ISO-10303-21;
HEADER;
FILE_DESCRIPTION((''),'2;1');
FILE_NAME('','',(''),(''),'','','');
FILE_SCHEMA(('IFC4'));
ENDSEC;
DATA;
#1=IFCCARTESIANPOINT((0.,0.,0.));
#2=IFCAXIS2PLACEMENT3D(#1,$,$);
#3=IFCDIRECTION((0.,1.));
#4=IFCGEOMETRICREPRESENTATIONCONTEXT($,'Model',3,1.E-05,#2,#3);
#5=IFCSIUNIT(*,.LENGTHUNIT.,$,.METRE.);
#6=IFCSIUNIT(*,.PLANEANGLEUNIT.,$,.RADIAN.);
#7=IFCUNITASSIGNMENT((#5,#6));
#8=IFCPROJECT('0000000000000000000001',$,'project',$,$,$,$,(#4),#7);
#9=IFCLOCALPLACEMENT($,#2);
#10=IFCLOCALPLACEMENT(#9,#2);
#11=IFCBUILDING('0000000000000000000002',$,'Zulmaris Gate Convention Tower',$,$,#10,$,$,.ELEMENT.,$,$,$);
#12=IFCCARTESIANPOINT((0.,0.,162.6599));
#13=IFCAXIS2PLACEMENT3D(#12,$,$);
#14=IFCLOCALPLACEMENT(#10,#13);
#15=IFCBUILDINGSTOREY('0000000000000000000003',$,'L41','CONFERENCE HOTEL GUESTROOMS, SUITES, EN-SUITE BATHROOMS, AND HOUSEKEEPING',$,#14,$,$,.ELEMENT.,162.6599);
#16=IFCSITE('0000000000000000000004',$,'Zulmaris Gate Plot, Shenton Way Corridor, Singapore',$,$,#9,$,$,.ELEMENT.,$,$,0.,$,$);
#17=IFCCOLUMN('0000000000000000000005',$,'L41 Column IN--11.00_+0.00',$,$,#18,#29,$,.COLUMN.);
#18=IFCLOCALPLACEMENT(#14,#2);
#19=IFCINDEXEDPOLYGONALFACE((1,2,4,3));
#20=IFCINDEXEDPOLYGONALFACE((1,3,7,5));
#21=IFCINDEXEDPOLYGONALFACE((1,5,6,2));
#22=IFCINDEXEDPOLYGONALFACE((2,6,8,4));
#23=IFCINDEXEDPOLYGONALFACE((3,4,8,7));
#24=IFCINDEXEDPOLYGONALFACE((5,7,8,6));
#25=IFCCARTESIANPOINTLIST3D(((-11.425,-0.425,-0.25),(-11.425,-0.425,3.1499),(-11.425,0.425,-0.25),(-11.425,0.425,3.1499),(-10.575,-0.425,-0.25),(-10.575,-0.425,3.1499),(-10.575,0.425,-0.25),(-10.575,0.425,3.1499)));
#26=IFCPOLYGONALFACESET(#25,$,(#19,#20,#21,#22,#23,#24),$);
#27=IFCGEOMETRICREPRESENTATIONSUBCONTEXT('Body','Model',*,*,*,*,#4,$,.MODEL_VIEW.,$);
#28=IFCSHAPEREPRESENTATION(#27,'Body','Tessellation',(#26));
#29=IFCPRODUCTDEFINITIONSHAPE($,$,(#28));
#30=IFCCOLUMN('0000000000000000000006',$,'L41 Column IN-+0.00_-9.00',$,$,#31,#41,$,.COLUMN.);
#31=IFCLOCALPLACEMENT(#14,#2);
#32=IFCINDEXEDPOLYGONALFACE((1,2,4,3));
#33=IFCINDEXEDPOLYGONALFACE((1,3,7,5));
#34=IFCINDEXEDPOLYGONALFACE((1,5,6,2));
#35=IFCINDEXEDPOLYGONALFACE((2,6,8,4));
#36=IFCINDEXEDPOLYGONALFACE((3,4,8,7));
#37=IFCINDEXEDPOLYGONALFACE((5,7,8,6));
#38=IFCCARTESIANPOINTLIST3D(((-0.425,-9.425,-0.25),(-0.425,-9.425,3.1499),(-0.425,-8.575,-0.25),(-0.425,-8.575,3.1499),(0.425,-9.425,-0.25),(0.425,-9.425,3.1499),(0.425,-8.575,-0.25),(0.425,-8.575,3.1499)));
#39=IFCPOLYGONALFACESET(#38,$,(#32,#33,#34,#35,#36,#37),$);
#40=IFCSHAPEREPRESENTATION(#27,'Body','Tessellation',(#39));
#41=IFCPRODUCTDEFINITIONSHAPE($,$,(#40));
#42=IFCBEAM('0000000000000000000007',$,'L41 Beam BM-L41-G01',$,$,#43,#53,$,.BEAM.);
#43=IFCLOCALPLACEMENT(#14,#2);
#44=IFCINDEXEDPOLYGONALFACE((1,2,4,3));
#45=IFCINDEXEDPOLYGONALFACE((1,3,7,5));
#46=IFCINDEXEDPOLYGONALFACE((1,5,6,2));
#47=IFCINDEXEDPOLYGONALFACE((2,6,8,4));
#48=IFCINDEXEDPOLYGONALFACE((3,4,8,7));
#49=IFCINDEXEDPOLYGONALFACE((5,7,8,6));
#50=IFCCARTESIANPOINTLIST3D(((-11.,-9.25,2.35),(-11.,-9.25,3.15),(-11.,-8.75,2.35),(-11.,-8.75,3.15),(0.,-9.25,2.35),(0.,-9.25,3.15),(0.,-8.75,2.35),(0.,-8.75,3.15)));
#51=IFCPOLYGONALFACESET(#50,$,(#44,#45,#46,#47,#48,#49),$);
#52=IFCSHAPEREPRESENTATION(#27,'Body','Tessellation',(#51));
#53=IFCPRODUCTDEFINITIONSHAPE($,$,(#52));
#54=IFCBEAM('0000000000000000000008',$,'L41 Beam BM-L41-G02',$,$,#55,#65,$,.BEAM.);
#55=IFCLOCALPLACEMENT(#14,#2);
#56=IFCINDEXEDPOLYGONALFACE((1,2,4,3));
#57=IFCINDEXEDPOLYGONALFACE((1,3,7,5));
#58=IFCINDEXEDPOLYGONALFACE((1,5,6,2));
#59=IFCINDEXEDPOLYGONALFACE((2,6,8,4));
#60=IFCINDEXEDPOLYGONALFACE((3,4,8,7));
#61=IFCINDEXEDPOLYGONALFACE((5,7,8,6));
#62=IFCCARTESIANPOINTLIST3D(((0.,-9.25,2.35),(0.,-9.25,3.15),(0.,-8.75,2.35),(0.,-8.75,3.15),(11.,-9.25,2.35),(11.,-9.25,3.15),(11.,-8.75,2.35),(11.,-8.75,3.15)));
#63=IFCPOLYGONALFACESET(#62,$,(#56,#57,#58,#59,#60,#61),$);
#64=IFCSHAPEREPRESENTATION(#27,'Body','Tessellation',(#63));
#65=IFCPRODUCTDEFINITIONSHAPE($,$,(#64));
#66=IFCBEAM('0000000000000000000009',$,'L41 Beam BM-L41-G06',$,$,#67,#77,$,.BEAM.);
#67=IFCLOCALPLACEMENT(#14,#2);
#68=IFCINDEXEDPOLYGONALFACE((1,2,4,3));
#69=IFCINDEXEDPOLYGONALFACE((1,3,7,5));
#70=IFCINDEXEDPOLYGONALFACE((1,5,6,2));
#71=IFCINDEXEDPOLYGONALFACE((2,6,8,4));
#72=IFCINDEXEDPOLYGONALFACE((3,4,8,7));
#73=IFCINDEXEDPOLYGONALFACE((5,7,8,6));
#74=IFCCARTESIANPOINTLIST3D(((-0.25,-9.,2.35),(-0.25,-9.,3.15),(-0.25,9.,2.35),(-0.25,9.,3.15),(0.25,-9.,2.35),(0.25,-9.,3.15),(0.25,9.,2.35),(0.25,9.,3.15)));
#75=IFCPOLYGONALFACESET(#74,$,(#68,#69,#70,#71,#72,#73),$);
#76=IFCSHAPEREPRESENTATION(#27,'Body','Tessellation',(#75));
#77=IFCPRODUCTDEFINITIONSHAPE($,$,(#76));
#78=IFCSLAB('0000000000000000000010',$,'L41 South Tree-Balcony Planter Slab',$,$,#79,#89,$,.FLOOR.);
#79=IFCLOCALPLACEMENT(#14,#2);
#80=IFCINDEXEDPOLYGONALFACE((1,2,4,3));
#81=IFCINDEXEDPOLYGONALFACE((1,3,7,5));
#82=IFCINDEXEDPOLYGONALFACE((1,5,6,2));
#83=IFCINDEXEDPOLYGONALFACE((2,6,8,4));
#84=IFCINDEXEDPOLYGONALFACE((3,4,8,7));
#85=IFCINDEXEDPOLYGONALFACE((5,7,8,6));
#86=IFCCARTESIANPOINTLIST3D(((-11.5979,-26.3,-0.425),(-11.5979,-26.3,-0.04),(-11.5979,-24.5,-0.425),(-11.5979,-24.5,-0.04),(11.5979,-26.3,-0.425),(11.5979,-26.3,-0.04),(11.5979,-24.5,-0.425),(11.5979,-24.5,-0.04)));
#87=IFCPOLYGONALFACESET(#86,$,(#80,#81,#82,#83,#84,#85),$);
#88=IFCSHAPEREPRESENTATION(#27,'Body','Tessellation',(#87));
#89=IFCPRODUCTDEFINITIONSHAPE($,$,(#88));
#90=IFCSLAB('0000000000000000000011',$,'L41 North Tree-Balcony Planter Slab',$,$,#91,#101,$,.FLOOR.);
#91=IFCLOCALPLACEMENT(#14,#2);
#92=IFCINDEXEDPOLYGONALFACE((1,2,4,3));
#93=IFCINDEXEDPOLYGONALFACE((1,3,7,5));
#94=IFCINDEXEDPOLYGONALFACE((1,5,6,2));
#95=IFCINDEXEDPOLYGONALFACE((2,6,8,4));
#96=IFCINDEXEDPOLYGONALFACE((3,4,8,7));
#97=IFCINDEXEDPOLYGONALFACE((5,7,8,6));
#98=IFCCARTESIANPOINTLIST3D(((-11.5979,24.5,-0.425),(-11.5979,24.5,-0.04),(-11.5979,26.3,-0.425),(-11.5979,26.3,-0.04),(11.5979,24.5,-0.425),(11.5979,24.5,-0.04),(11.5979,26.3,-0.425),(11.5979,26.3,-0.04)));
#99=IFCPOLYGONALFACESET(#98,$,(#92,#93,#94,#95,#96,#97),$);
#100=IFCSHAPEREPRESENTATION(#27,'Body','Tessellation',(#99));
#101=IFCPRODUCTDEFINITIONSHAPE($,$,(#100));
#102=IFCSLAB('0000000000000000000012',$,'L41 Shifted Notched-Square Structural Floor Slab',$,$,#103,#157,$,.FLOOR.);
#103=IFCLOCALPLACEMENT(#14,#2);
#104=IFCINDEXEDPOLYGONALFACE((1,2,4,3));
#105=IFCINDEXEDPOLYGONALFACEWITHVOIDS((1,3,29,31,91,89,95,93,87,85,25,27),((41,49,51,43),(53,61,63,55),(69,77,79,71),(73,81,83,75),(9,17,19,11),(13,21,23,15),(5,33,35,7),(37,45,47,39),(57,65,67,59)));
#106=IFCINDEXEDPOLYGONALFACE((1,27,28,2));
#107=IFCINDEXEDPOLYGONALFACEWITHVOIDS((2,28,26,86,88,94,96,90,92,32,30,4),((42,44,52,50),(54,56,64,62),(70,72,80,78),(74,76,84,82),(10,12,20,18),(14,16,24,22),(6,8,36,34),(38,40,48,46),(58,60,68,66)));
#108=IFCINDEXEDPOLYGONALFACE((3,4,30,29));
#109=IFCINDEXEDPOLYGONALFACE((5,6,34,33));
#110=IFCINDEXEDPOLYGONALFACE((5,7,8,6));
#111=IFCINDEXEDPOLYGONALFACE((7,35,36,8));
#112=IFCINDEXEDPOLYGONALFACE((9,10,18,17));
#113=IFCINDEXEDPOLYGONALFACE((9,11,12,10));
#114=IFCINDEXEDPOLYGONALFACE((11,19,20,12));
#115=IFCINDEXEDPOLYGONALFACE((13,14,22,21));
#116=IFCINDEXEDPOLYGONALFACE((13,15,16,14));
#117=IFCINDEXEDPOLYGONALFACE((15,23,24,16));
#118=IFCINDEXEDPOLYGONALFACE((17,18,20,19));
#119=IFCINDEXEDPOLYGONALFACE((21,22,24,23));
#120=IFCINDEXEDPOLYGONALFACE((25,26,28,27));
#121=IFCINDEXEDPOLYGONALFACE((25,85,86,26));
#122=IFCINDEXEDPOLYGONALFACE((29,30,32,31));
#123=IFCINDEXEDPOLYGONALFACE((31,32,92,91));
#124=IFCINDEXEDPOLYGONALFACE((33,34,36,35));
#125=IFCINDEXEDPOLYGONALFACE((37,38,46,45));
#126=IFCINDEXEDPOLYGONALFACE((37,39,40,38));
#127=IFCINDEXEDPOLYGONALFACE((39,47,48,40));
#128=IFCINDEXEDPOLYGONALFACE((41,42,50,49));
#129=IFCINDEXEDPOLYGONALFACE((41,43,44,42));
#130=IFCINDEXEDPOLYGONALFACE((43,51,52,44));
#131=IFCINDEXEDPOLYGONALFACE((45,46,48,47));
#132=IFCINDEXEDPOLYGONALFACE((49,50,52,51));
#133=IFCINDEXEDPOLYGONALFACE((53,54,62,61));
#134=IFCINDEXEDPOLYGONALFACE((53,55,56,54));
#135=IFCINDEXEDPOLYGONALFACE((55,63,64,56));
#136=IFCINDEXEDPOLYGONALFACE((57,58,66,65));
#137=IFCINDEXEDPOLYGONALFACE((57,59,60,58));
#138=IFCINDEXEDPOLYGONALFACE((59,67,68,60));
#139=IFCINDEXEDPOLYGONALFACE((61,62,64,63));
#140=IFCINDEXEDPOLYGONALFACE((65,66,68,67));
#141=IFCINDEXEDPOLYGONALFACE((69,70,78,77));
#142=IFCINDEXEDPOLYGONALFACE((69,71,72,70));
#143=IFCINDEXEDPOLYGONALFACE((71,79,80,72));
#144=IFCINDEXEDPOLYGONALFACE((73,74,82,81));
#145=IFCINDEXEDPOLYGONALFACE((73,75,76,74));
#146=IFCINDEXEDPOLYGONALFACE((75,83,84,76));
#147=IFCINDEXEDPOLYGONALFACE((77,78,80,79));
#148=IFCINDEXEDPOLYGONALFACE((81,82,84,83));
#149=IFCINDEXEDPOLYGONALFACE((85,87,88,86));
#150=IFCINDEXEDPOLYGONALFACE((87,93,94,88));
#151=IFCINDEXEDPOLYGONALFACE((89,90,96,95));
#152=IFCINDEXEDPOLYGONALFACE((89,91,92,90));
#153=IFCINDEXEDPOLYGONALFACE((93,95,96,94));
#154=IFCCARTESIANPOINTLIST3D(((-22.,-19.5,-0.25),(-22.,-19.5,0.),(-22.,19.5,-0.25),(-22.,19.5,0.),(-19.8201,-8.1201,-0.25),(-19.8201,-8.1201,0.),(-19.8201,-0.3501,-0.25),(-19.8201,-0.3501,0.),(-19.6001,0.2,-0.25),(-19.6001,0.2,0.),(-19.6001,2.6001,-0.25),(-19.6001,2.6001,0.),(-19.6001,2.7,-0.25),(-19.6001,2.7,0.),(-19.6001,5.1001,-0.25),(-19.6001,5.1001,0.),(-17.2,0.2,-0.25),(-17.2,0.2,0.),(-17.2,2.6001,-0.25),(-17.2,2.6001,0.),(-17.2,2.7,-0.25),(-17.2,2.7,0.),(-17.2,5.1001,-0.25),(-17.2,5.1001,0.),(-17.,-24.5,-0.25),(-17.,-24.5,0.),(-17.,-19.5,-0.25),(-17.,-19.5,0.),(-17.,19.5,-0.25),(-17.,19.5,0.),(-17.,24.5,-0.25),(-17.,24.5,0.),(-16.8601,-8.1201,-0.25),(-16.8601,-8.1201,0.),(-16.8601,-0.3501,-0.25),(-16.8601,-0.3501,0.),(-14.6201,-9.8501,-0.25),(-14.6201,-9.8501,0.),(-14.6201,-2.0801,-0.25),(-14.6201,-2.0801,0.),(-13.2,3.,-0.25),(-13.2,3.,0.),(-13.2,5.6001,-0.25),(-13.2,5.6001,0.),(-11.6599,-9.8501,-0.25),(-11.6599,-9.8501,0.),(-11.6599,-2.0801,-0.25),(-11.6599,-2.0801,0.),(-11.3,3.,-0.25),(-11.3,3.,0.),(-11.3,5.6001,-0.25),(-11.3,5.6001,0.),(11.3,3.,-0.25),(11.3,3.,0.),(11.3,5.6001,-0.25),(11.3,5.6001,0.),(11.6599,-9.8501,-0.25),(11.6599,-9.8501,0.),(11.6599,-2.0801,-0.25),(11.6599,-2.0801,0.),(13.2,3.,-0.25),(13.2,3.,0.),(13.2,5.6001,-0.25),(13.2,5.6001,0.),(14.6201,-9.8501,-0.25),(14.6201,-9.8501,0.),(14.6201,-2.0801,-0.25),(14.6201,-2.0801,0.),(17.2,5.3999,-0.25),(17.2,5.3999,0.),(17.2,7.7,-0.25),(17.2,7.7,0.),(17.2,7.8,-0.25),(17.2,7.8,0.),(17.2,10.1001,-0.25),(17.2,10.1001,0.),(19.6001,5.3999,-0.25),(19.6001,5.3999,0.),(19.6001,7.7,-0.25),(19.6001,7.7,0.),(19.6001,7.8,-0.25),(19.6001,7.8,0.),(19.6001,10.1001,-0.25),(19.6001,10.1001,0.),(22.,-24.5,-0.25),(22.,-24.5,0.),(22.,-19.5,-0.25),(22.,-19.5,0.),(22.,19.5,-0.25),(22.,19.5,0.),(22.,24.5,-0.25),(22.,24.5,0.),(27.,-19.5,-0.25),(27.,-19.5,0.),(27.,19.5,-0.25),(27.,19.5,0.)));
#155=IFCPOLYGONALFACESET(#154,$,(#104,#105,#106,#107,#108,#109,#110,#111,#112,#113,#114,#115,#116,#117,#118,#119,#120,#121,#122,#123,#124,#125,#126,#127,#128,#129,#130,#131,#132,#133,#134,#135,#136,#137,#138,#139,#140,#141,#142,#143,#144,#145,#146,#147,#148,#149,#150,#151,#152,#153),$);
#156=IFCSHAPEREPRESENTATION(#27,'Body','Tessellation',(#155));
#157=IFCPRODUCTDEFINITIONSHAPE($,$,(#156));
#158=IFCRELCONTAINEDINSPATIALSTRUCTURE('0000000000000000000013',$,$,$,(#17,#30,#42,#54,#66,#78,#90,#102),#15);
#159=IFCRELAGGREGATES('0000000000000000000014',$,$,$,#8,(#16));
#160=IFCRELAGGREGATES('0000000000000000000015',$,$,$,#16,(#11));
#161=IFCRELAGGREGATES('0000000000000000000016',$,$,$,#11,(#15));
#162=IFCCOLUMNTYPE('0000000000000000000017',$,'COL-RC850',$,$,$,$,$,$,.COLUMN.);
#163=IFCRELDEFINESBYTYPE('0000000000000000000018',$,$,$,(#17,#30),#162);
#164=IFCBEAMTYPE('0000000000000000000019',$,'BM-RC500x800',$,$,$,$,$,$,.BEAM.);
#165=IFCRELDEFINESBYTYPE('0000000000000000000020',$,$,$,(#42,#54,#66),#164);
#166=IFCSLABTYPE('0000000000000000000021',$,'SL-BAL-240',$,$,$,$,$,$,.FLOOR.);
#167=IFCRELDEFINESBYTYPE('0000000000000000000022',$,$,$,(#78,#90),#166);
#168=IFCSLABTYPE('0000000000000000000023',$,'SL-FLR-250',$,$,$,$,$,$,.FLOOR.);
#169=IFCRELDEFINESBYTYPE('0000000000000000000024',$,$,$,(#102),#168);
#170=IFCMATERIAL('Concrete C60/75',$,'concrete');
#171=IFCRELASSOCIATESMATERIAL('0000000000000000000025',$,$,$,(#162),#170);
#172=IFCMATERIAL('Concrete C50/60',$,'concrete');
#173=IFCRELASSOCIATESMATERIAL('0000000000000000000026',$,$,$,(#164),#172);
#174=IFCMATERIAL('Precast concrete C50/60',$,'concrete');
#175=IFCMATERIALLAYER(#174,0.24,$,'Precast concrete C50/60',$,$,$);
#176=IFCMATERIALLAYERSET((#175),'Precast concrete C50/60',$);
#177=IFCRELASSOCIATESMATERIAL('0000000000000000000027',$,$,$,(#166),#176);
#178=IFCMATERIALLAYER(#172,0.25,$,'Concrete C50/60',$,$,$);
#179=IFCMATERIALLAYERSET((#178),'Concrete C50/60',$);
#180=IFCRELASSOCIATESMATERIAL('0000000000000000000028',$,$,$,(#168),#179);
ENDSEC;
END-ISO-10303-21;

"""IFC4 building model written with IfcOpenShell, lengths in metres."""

from ifc_helpers import new_model, si_unit, direction, frame, origin, origin_2d, place, context, subcontext, project, spatial, polyline, rectangle, outline, extrude, material, layer, layer_set, material_profile, profile_set, type_object, element, save


model = new_model("IFC4")

# Units and contexts
model_context = context("Model", 3, precision=1e-05, world=origin(), true_north=direction((0.0, 1.0)))
body_context = subcontext(model_context, "Body", "Model", "MODEL_VIEW")
ifc_project = project(units=[si_unit("LENGTHUNIT", "METRE"), si_unit("PLANEANGLEUNIT", "RADIAN")], contexts=[model_context])

# Site, building, storey
site_placement = place(None, origin())
site = spatial("IfcSite", under=ifc_project, at=site_placement, Name="Zulmaris Gate Plot, Shenton Way Corridor, Singapore", CompositionType="ELEMENT", RefElevation=0.0)
building_placement = place(site_placement, origin())
building = spatial("IfcBuilding", under=site, at=building_placement, Name="Zulmaris Gate Convention Tower", CompositionType="ELEMENT")
storey_placement = place(building_placement, frame((0.0, 0.0, 162.6599)))
storey = spatial("IfcBuildingStorey", under=building, at=storey_placement, Name="L41", Description="CONFERENCE HOTEL GUESTROOMS, SUITES, EN-SUITE BATHROOMS, AND HOUSEKEEPING", CompositionType="ELEMENT", Elevation=162.6599)

# Columns
ifc_material_1 = material(Name="Concrete C60/75", Category="concrete")
ifc_material_profile_1 = material_profile(ifc_material_1, rectangle(XDim=0.8501, YDim=0.8501, at=origin_2d()), Name="RC COL 850x850")
ifc_profile_set_1 = profile_set([ifc_material_profile_1], Name="Concrete C60/75")
column_type = type_object("IfcColumnType", Name="COL-RC850", PredefinedType="COLUMN", material=ifc_profile_set_1)
for number, where, z_axis, x_axis, name in (
    (1, (-11.0, 0.0, -0.25), (0.0, 0.0, 1.0), (1.0, 0.0, 0.0), "L41 Column IN--11.00_+0.00"),
    (2, (0.0, -9.0, -0.25), (0.0, 0.0, 1.0), (1.0, 0.0, 0.0), "L41 Column IN-+0.00_-9.00"),
):
    element("IfcColumn", number, at=place(storey_placement, frame(where, z_axis=z_axis, x_axis=x_axis)), inside=storey, type_object=column_type, Name=name, PredefinedType="COLUMN", context=body_context, shape_type="SweptSolid", body=[
        extrude(rectangle(XDim=0.8501, YDim=0.8501, at=origin_2d()), origin(), (0.0, 0.0, 1.0), 3.3999),
    ])

# Beams
ifc_material_2 = material(Name="Concrete C50/60", Category="concrete")
ifc_material_profile_2 = material_profile(ifc_material_2, rectangle(XDim=0.5, YDim=0.8, at=origin_2d()), Name="RC BEAM 500x800")
ifc_profile_set_2 = profile_set([ifc_material_profile_2], Name="Concrete C50/60")
beam_type = type_object("IfcBeamType", Name="BM-RC500x800", PredefinedType="BEAM", material=ifc_profile_set_2)
for number, where, z_axis, x_axis, name in (
    (3, (-11.0, -9.0, 2.75), (1.0, 0.0, 0.0), (0.0, 1.0, 0.0), "L41 Beam BM-L41-G01"),
    (4, (0.0, -9.0, 2.75), (1.0, 0.0, 0.0), (0.0, 1.0, 0.0), "L41 Beam BM-L41-G02"),
):
    element("IfcBeam", number, at=place(storey_placement, frame(where, z_axis=z_axis, x_axis=x_axis)), inside=storey, type_object=beam_type, Name=name, PredefinedType="BEAM", context=body_context, shape_type="SweptSolid", body=[
        extrude(rectangle(XDim=0.5, YDim=0.8, at=origin_2d()), origin(), (0.0, 0.0, 1.0), 11.0),
    ])
beam_placement = place(storey_placement, frame((0.0, -9.0, 2.75), z_axis=(0.0, 1.0, 0.0), x_axis=(-1.0, 0.0, 0.0)))
element("IfcBeam", 5, at=beam_placement, inside=storey, type_object=beam_type, Name="L41 Beam BM-L41-G06", PredefinedType="BEAM", context=body_context, shape_type="SweptSolid", body=[
    extrude(rectangle(XDim=0.5, YDim=0.8, at=origin_2d()), origin(), (0.0, 0.0, 1.0), 18.0),
])

# Slabs
ifc_material_3 = material(Name="Precast concrete C50/60", Category="concrete")
ifc_layer_1 = layer(ifc_material_3, 0.24, Name="Precast concrete C50/60")
ifc_layer_set_1 = layer_set([ifc_layer_1], Name="Precast concrete C50/60")
slab_type_1 = type_object("IfcSlabType", Name="SL-BAL-240", PredefinedType="FLOOR", material=ifc_layer_set_1)
slab_1_placement = place(storey_placement, frame((0.0, 0.0, -0.425)))
element("IfcSlab", 6, at=slab_1_placement, inside=storey, type_object=slab_type_1, Name="L41 South Tree-Balcony Planter Slab", PredefinedType="FLOOR", context=body_context, shape_type="SweptSolid", body=[
    extrude(outline(polyline([(-11.5979, -26.3), (-11.5979, -24.5), (11.5979, -24.5), (11.5979, -26.3), (-11.5979, -26.3)])), origin(), (0.0, 0.0, 1.0), 0.385),
])
slab_2_placement = place(storey_placement, frame((0.0, 0.0, -0.425)))
element("IfcSlab", 7, at=slab_2_placement, inside=storey, type_object=slab_type_1, Name="L41 North Tree-Balcony Planter Slab", PredefinedType="FLOOR", context=body_context, shape_type="SweptSolid", body=[
    extrude(outline(polyline([(11.5979, 26.3), (11.5979, 24.5), (-11.5979, 24.5), (-11.5979, 26.3), (11.5979, 26.3)])), origin(), (0.0, 0.0, 1.0), 0.385),
])
ifc_layer_2 = layer(ifc_material_2, 0.25, Name="Concrete C50/60")
ifc_layer_set_2 = layer_set([ifc_layer_2], Name="Concrete C50/60")
slab_type_2 = type_object("IfcSlabType", Name="SL-FLR-250", PredefinedType="FLOOR", material=ifc_layer_set_2)
slab_3_placement = place(storey_placement, frame((0.0, 0.0, -0.25)))
element("IfcSlab", 8, at=slab_3_placement, inside=storey, type_object=slab_type_2, Name="L41 Shifted Notched-Square Structural Floor Slab", PredefinedType="FLOOR", context=body_context, shape_type="SweptSolid", body=[
    extrude(outline(polyline([(-17.0, -24.5), (22.0, -24.5), (22.0, -19.5), (27.0, -19.5), (27.0, 19.5), (22.0, 19.5), (22.0, 24.5), (-17.0, 24.5), (-17.0, 19.5), (-22.0, 19.5), (-22.0, -19.5), (-17.0, -19.5), (-17.0, -24.5)]), holes=[polyline([(-14.6201, -2.0801), (-14.6201, -9.8501), (-11.6599, -9.8501), (-11.6599, -2.0801), (-14.6201, -2.0801)]), polyline([(11.6599, -2.0801), (11.6599, -9.8501), (14.6201, -9.8501), (14.6201, -2.0801), (11.6599, -2.0801)]), polyline([(-16.8601, -8.1201), (-16.8601, -0.3501), (-19.8201, -0.3501), (-19.8201, -8.1201), (-16.8601, -8.1201)]), polyline([(-13.2, 3.0), (-11.3, 3.0), (-11.3, 5.6001), (-13.2, 5.6001), (-13.2, 3.0)]), polyline([(11.3, 3.0), (13.2, 3.0), (13.2, 5.6001), (11.3, 5.6001), (11.3, 3.0)]), polyline([(17.2, 5.3999), (19.6001, 5.3999), (19.6001, 7.7), (17.2, 7.7), (17.2, 5.3999)]), polyline([(17.2, 7.8), (19.6001, 7.8), (19.6001, 10.1001), (17.2, 10.1001), (17.2, 7.8)]), polyline([(-19.6001, 0.2), (-17.2, 0.2), (-17.2, 2.6001), (-19.6001, 2.6001), (-19.6001, 0.2)]), polyline([(-19.6001, 2.7), (-17.2, 2.7), (-17.2, 5.1001), (-19.6001, 5.1001), (-19.6001, 2.7)])]), origin(), (0.0, 0.0, 1.0), 0.25),
])

save(model, "model.ifc")
